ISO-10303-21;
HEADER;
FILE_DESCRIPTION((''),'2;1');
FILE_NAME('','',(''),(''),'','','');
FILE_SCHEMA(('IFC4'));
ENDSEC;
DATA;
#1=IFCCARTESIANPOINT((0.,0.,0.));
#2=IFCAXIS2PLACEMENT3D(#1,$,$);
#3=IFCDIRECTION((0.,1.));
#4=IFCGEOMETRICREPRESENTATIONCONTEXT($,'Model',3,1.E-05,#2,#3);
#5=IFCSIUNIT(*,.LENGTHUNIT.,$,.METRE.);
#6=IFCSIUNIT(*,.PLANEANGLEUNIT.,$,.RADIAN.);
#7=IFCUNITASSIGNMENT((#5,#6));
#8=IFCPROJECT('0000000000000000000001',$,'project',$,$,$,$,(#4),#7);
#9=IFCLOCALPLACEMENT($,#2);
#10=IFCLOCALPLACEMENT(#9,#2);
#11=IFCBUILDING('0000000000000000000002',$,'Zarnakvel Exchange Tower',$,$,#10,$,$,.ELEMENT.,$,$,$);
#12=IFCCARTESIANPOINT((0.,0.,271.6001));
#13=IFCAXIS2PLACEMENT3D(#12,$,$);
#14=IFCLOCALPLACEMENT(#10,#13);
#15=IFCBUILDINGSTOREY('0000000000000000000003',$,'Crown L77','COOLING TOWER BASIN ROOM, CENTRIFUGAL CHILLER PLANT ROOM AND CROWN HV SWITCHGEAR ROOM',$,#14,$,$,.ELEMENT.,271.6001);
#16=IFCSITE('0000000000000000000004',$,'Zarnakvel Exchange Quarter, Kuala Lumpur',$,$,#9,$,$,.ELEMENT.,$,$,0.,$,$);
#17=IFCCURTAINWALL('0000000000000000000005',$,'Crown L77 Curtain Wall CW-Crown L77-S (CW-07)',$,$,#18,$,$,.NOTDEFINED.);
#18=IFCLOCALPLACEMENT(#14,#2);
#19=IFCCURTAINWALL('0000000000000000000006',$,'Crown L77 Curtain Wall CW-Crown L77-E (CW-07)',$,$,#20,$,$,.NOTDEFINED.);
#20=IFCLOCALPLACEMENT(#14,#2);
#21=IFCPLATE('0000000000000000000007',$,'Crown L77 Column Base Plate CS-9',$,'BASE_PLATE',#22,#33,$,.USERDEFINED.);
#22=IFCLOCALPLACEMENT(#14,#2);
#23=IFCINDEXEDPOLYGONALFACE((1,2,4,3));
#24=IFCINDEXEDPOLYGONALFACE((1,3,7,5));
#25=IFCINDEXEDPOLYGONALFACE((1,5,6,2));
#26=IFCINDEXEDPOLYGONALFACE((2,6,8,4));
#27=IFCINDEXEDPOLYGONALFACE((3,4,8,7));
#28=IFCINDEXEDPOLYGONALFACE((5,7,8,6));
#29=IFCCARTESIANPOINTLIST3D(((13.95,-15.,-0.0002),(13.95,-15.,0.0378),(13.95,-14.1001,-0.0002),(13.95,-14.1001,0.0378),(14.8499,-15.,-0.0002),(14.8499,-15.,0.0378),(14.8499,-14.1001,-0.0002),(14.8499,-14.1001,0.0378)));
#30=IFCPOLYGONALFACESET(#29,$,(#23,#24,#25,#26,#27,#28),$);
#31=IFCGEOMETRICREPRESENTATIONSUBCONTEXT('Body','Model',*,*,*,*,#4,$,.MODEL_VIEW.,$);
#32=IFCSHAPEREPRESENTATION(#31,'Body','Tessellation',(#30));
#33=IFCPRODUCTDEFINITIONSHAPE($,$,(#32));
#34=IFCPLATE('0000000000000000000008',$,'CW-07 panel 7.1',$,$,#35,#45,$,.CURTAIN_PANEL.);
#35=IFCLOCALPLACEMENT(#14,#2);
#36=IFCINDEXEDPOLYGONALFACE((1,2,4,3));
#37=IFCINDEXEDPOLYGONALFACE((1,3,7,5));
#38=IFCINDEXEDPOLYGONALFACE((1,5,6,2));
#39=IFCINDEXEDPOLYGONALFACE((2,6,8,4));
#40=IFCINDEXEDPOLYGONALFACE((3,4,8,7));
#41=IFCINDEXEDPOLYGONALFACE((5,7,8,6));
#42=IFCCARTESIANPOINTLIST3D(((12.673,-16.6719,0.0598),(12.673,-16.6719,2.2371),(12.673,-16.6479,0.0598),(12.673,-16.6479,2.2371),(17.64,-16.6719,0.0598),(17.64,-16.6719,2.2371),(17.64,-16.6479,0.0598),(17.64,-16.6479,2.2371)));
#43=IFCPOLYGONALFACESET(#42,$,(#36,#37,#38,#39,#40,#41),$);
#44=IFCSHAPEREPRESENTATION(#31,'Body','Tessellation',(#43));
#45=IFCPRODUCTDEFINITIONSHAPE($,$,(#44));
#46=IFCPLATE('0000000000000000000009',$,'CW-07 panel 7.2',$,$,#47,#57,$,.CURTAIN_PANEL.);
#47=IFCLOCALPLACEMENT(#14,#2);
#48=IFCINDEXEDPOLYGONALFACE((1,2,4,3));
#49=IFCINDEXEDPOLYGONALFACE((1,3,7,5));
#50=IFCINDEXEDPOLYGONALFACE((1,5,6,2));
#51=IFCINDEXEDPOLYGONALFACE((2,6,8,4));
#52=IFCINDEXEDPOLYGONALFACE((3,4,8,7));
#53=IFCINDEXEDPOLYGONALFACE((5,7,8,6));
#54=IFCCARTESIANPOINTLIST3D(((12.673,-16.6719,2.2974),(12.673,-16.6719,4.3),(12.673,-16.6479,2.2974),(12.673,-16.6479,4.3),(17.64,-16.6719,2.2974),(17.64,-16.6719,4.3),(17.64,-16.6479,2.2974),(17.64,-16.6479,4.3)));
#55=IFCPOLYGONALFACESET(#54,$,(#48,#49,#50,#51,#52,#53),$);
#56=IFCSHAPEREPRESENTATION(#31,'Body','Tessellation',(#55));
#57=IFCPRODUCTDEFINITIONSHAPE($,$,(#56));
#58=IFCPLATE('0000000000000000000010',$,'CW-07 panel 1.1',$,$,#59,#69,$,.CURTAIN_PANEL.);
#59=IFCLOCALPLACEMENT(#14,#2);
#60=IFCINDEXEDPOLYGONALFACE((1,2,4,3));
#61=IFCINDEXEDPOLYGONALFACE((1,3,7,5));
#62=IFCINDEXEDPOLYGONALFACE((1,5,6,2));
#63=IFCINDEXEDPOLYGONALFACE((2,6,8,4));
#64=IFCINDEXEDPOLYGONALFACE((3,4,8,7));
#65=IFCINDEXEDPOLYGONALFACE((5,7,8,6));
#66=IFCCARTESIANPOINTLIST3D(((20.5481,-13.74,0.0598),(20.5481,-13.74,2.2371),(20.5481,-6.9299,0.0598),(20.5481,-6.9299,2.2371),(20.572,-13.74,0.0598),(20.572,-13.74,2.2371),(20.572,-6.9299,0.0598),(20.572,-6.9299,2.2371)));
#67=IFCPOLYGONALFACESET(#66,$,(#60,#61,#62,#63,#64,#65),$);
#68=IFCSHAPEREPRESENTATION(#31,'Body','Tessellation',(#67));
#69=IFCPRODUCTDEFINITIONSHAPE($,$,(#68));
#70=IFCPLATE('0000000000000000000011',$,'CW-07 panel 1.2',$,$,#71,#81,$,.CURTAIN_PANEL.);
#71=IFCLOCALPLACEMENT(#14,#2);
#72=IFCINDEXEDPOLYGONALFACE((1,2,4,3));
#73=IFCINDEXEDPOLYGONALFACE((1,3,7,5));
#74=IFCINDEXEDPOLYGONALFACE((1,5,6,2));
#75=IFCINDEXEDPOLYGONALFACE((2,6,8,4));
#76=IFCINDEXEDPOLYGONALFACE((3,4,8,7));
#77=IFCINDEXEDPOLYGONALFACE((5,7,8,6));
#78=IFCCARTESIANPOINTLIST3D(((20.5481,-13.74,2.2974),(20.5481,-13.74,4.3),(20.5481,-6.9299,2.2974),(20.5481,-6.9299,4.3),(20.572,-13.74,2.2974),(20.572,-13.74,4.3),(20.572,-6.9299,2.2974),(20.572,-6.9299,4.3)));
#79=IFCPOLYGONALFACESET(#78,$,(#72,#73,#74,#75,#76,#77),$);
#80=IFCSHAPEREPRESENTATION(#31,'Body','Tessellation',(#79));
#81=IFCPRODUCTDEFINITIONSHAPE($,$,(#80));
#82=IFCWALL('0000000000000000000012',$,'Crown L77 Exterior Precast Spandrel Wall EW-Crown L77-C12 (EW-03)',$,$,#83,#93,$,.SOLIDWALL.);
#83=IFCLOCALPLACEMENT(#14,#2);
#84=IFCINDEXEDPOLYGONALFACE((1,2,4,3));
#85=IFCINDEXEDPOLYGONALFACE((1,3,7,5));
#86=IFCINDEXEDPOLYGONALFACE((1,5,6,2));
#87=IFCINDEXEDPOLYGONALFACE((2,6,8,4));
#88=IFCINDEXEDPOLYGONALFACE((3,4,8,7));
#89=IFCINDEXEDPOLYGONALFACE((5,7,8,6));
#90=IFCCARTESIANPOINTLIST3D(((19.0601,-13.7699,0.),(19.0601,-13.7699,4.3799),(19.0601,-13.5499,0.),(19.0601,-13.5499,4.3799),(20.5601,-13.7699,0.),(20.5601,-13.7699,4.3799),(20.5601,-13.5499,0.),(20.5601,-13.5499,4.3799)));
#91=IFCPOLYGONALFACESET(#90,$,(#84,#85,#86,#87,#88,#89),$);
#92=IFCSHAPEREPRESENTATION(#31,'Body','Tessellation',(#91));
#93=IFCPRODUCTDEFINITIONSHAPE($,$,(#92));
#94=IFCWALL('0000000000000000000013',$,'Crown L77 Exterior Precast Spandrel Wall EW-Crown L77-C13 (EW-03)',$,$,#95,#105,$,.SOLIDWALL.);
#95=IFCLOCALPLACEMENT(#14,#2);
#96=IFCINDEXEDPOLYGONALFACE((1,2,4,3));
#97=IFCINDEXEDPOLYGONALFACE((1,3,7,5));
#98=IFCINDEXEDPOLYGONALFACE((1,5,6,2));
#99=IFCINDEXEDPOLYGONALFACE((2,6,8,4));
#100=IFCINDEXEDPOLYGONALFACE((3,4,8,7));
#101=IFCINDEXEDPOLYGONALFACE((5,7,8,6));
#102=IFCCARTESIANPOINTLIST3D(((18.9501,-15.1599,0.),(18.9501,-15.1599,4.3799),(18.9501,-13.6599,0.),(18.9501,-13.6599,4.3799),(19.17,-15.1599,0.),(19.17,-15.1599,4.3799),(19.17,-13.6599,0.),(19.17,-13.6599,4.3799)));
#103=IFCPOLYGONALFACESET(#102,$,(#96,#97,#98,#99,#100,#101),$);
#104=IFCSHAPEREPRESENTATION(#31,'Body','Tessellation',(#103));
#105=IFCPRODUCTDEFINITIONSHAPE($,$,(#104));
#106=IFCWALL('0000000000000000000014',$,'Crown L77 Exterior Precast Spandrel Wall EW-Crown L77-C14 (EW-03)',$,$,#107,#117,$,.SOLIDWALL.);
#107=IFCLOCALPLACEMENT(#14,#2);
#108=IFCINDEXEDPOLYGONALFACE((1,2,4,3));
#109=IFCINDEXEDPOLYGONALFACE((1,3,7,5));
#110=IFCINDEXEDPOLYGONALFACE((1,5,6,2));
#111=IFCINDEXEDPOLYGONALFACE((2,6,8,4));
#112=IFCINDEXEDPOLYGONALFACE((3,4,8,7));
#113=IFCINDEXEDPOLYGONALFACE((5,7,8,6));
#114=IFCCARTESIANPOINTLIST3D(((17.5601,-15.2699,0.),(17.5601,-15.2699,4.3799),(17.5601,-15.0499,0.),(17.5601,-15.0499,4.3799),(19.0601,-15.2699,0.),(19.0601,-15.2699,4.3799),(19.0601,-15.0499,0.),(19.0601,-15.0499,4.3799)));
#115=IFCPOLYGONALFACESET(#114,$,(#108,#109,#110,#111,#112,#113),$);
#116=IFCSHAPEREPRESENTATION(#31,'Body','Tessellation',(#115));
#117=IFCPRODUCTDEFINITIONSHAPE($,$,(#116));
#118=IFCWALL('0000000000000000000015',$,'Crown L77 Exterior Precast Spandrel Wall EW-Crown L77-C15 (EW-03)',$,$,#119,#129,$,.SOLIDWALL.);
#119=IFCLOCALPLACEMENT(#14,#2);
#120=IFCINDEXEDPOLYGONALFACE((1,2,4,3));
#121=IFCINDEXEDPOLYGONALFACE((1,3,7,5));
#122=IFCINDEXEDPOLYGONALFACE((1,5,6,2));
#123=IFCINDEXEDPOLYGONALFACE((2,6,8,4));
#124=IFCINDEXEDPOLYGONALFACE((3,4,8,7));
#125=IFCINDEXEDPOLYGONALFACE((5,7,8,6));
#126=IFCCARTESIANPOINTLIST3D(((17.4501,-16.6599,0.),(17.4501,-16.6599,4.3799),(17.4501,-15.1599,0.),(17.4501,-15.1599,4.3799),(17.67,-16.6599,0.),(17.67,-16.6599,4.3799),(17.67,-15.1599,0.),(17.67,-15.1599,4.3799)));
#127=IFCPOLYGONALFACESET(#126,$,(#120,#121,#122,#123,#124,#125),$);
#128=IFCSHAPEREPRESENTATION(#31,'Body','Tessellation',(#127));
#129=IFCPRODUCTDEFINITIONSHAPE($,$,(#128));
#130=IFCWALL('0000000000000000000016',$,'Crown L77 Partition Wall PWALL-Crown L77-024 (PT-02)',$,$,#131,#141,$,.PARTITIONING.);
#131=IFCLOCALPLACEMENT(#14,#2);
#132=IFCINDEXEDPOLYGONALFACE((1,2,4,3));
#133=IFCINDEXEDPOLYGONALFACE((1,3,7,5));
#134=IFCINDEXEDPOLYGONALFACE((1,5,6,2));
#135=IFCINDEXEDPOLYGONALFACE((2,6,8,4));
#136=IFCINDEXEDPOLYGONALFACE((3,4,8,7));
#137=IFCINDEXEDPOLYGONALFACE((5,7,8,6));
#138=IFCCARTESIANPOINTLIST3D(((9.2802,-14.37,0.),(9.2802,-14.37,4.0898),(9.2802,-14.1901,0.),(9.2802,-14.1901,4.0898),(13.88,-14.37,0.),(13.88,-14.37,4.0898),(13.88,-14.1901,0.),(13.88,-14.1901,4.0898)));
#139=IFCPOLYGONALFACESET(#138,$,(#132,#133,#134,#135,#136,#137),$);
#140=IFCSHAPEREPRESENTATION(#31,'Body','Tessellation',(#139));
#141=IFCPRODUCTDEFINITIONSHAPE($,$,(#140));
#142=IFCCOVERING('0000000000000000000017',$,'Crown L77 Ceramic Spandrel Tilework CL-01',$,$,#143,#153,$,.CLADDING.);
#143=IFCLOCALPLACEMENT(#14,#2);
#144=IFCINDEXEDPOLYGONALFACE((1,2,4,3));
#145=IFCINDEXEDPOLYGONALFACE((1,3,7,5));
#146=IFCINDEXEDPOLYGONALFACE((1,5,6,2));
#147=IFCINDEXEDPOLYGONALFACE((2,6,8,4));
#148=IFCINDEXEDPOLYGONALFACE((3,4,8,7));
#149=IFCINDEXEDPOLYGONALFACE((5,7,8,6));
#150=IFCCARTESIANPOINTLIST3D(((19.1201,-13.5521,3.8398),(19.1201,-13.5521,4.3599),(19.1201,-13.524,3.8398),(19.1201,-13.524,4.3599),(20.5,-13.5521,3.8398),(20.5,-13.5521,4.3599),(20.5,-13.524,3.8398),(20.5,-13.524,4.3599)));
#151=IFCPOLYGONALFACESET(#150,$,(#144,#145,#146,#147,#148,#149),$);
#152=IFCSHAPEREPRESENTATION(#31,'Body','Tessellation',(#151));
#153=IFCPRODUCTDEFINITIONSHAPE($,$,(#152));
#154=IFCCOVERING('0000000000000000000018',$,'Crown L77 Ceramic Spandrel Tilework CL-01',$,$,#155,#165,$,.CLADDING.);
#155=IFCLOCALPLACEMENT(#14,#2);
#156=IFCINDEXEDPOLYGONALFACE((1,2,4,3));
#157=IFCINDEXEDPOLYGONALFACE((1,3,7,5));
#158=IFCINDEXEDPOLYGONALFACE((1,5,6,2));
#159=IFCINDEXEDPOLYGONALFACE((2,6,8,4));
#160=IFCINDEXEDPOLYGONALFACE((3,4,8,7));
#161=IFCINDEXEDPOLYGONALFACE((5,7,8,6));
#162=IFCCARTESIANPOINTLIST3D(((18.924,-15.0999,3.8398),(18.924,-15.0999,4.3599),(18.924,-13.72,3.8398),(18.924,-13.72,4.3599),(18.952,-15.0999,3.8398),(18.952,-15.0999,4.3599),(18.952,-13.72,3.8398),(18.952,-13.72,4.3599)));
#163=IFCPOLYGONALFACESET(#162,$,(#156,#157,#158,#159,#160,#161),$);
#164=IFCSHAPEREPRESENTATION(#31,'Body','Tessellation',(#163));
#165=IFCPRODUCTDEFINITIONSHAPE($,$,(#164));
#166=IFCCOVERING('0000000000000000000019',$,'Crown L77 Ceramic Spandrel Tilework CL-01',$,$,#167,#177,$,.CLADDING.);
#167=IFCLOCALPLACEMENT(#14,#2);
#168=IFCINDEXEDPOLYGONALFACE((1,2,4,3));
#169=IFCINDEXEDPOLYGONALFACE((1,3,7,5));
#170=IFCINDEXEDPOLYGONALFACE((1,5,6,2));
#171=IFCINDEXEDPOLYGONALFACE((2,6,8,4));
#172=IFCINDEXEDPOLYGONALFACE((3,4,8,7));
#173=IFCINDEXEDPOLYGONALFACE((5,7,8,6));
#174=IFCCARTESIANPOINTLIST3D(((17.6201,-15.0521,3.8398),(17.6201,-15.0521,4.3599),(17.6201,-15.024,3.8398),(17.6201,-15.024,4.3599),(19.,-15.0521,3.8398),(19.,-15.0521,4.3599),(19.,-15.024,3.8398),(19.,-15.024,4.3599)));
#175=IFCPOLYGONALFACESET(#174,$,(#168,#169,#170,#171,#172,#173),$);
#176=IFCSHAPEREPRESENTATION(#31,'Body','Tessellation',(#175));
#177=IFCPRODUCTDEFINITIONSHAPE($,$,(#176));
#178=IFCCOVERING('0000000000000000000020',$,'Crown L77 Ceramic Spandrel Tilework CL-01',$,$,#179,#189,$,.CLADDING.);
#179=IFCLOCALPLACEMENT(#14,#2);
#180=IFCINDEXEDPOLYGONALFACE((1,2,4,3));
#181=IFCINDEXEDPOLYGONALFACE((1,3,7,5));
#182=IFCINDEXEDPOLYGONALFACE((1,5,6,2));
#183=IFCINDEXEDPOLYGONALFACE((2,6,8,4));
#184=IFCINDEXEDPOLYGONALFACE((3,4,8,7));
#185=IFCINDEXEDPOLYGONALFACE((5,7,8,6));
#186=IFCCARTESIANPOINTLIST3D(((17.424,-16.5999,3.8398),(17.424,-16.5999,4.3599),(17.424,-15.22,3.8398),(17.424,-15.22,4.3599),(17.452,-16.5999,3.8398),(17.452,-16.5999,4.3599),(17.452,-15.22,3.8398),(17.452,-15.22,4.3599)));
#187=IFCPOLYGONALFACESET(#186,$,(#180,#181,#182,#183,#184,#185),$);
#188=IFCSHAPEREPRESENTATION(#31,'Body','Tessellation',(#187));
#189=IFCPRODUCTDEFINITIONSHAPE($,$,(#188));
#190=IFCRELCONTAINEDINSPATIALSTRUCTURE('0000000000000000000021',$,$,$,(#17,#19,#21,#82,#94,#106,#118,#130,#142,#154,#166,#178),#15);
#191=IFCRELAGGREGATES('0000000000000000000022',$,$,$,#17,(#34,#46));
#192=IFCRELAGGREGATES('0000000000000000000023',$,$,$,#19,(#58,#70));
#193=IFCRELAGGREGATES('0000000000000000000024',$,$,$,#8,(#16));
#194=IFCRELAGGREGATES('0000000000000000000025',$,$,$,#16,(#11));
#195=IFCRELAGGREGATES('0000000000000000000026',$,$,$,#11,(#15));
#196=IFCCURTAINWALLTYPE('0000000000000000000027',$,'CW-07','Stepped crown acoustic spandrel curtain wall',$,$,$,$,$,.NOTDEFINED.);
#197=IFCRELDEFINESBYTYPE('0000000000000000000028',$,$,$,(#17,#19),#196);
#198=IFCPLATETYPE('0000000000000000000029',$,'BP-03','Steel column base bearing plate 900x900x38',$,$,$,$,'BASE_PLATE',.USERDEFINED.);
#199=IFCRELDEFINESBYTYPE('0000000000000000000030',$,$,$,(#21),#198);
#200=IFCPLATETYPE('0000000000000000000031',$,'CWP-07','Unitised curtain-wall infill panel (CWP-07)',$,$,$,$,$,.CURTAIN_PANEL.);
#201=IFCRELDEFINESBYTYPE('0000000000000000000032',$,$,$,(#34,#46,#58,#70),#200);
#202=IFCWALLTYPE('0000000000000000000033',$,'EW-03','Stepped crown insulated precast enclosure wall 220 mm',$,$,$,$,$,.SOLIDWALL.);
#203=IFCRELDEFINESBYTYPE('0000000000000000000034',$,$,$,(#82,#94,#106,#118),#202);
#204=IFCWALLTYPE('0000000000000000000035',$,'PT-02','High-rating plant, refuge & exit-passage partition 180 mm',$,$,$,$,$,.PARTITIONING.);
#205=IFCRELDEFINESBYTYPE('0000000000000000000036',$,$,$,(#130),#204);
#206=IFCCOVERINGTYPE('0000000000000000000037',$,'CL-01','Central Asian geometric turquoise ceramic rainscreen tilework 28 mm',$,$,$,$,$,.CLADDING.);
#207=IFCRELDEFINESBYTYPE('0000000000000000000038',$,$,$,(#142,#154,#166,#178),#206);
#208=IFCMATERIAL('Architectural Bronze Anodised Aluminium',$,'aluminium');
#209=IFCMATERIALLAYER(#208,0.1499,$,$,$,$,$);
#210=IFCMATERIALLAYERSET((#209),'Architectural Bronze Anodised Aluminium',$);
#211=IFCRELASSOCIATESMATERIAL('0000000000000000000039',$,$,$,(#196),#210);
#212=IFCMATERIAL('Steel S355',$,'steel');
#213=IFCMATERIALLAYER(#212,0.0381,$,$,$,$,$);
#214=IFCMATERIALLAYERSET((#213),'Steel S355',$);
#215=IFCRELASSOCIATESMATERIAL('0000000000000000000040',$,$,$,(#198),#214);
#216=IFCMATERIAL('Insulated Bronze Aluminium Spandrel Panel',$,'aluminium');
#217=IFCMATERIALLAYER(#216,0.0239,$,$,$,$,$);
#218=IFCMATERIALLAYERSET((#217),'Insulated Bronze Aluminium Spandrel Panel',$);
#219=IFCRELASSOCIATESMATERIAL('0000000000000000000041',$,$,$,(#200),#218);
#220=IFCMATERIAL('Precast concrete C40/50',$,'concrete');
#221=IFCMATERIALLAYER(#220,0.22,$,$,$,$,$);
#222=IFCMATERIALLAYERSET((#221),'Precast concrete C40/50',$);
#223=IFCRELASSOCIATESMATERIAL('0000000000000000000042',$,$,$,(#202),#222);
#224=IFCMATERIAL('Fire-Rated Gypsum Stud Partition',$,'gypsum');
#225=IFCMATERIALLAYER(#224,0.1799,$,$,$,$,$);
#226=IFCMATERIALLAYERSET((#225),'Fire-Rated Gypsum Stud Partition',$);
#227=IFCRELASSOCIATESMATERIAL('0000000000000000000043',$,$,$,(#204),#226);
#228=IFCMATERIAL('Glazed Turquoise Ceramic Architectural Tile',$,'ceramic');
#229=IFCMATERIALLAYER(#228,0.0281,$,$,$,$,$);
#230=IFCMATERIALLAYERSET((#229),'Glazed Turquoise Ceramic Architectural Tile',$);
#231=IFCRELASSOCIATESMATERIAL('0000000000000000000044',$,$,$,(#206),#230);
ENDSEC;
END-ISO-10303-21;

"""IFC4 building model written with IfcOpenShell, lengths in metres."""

from ifc_helpers import new_model, si_unit, direction, frame, frame_2d, origin, origin_2d, place, context, subcontext, project, spatial, rectangle, extrude, source, transform, mapped, material, layer, layer_set, type_object, element, aggregate, save


model = new_model("IFC4")

# Units and contexts
model_context = context("Model", 3, precision=1e-05, world=origin(), true_north=direction((0.0, 1.0)))
body_context = subcontext(model_context, "Body", "Model", "MODEL_VIEW")
ifc_project = project(units=[si_unit("LENGTHUNIT", "METRE"), si_unit("PLANEANGLEUNIT", "RADIAN")], contexts=[model_context])

# Site, building, storey
site_placement = place(None, origin())
site = spatial("IfcSite", under=ifc_project, at=site_placement, Name="Zarnakvel Exchange Quarter, Kuala Lumpur", CompositionType="ELEMENT", RefElevation=0.0)
building_placement = place(site_placement, origin())
building = spatial("IfcBuilding", under=site, at=building_placement, Name="Zarnakvel Exchange Tower", CompositionType="ELEMENT")
storey_placement = place(building_placement, frame((0.0, 0.0, 271.6001)))
storey = spatial("IfcBuildingStorey", under=building, at=storey_placement, Name="Crown L77", Description="COOLING TOWER BASIN ROOM, CENTRIFUGAL CHILLER PLANT ROOM AND CROWN HV SWITCHGEAR ROOM", CompositionType="ELEMENT", Elevation=271.6001)

# Shared definitions
ifc_material_1 = material(Name="Steel S355", Category="steel")

# Curtain wall
ifc_material_2 = material(Name="Architectural Bronze Anodised Aluminium", Category="aluminium")
ifc_layer_1 = layer(ifc_material_2, 0.1499)
ifc_layer_set_1 = layer_set([ifc_layer_1], Name="Architectural Bronze Anodised Aluminium")
curtain_wall_type = type_object("IfcCurtainWallType", Name="CW-07", Description="Stepped crown acoustic spandrel curtain wall", PredefinedType="NOTDEFINED", material=ifc_layer_set_1)
curtain_wall_1_placement = place(storey_placement, origin())
curtain_wall_1 = element("IfcCurtainWall", 1, at=curtain_wall_1_placement, inside=storey, type_object=curtain_wall_type, Name="Crown L77 Curtain Wall CW-Crown L77-S (CW-07)", PredefinedType="NOTDEFINED")

# Curtain wall
curtain_wall_2_placement = place(storey_placement, origin())
curtain_wall_2 = element("IfcCurtainWall", 2, at=curtain_wall_2_placement, inside=storey, type_object=curtain_wall_type, Name="Crown L77 Curtain Wall CW-Crown L77-E (CW-07)", PredefinedType="NOTDEFINED")

# Plates
ifc_layer_2 = layer(ifc_material_1, 0.0381)
ifc_layer_set_2 = layer_set([ifc_layer_2], Name="Steel S355")
plate_type_1 = type_object("IfcPlateType", Name="BP-03", Description="Steel column base bearing plate 900x900x38", ElementType="BASE_PLATE", PredefinedType="USERDEFINED", material=ifc_layer_set_2)
shared_shape_1 = source(origin(), body_context, "Body", "SweptSolid", [
    extrude(rectangle(XDim=0.8999, YDim=0.8999, at=origin_2d()), origin(), (0.0, 0.0, 1.0), 0.0381),
])
plate_1_placement = place(storey_placement, frame((14.3999, -14.55, -0.0002), z_axis=(0.0, 0.0, 1.0), x_axis=(1.0, 0.0, 0.0)))
element("IfcPlate", 3, at=plate_1_placement, inside=storey, type_object=plate_type_1, Name="Crown L77 Column Base Plate CS-9", ObjectType="BASE_PLATE", PredefinedType="USERDEFINED", context=body_context, shape_type="MappedRepresentation", body=[
    mapped(shared_shape_1, transform((0.0, 0.0, 0.0), x_axis=(1.0, 0.0, 0.0), y_axis=(0.0, 1.0, 0.0), z_axis=(0.0, 0.0, 1.0), scale=1.0)),
])
ifc_material_3 = material(Name="Insulated Bronze Aluminium Spandrel Panel", Category="aluminium")
ifc_layer_3 = layer(ifc_material_3, 0.0239)
ifc_layer_set_3 = layer_set([ifc_layer_3], Name="Insulated Bronze Aluminium Spandrel Panel")
plate_type_2 = type_object("IfcPlateType", Name="CWP-07", Description="Unitised curtain-wall infill panel (CWP-07)", PredefinedType="CURTAIN_PANEL", material=ifc_layer_set_3)
shared_shape_2 = source(origin(), body_context, "Body", "SweptSolid", [
    extrude(rectangle(XDim=4.967, YDim=0.0239, at=origin_2d()), origin(), (0.0, 0.0, 1.0), 2.1772),
])
plate_2_placement = place(storey_placement, frame((15.1565, -16.6599, 0.0598), z_axis=(0.0, 0.0, 1.0), x_axis=(1.0, 0.0, 0.0)))
plate_2 = element("IfcPlate", 4, at=plate_2_placement, type_object=plate_type_2, Name="CW-07 panel 7.1", PredefinedType="CURTAIN_PANEL", context=body_context, shape_type="MappedRepresentation", body=[
    mapped(shared_shape_2, transform((0.0, 0.0, 0.0), x_axis=(1.0, 0.0, 0.0), y_axis=(0.0, 1.0, 0.0), z_axis=(0.0, 0.0, 1.0), scale=1.0)),
])
shared_shape_3 = source(origin(), body_context, "Body", "SweptSolid", [
    extrude(rectangle(XDim=4.967, YDim=0.0239, at=origin_2d()), origin(), (0.0, 0.0, 1.0), 2.0027),
])
plate_3_placement = place(storey_placement, frame((15.1565, -16.6599, 2.2974), z_axis=(0.0, 0.0, 1.0), x_axis=(1.0, 0.0, 0.0)))
plate_3 = element("IfcPlate", 5, at=plate_3_placement, type_object=plate_type_2, Name="CW-07 panel 7.2", PredefinedType="CURTAIN_PANEL", context=body_context, shape_type="MappedRepresentation", body=[
    mapped(shared_shape_3, transform((0.0, 0.0, 0.0), x_axis=(1.0, 0.0, 0.0), y_axis=(0.0, 1.0, 0.0), z_axis=(0.0, 0.0, 1.0), scale=1.0)),
])
aggregate(curtain_wall_1, [plate_2, plate_3])
shared_shape_4 = source(origin(), body_context, "Body", "SweptSolid", [
    extrude(rectangle(XDim=6.8101, YDim=0.0239, at=origin_2d()), origin(), (0.0, 0.0, 1.0), 2.1772),
])
plate_4_placement = place(storey_placement, frame((20.5601, -10.335, 0.0598), z_axis=(0.0, 0.0, 1.0), x_axis=(0.0, 1.0, 0.0)))
plate_4 = element("IfcPlate", 6, at=plate_4_placement, type_object=plate_type_2, Name="CW-07 panel 1.1", PredefinedType="CURTAIN_PANEL", context=body_context, shape_type="MappedRepresentation", body=[
    mapped(shared_shape_4, transform((0.0, 0.0, 0.0), x_axis=(1.0, 0.0, 0.0), y_axis=(0.0, 1.0, 0.0), z_axis=(0.0, 0.0, 1.0), scale=1.0)),
])
shared_shape_5 = source(origin(), body_context, "Body", "SweptSolid", [
    extrude(rectangle(XDim=6.8101, YDim=0.0239, at=origin_2d()), origin(), (0.0, 0.0, 1.0), 2.0027),
])
plate_5_placement = place(storey_placement, frame((20.5601, -10.335, 2.2974), z_axis=(0.0, 0.0, 1.0), x_axis=(0.0, 1.0, 0.0)))
plate_5 = element("IfcPlate", 7, at=plate_5_placement, type_object=plate_type_2, Name="CW-07 panel 1.2", PredefinedType="CURTAIN_PANEL", context=body_context, shape_type="MappedRepresentation", body=[
    mapped(shared_shape_5, transform((0.0, 0.0, 0.0), x_axis=(1.0, 0.0, 0.0), y_axis=(0.0, 1.0, 0.0), z_axis=(0.0, 0.0, 1.0), scale=1.0)),
])
aggregate(curtain_wall_2, [plate_4, plate_5])

# Walls
ifc_material_4 = material(Name="Precast concrete C40/50", Category="concrete")
ifc_layer_4 = layer(ifc_material_4, 0.22)
ifc_layer_set_4 = layer_set([ifc_layer_4], Name="Precast concrete C40/50")
wall_type_1 = type_object("IfcWallType", Name="EW-03", Description="Stepped crown insulated precast enclosure wall 220 mm", PredefinedType="SOLIDWALL", material=ifc_layer_set_4)
for number, where, z_axis, x_axis, name in (
    (8, (19.0601, -13.6599, 0.0), (0.0, 0.0, 1.0), (1.0, 0.0, 0.0), "Crown L77 Exterior Precast Spandrel Wall EW-Crown L77-C12 (EW-03)"),
    (9, (19.0601, -15.1599, 0.0), (0.0, 0.0, 1.0), (0.0, 1.0, 0.0), "Crown L77 Exterior Precast Spandrel Wall EW-Crown L77-C13 (EW-03)"),
    (10, (17.5601, -15.1599, 0.0), (0.0, 0.0, 1.0), (1.0, 0.0, 0.0), "Crown L77 Exterior Precast Spandrel Wall EW-Crown L77-C14 (EW-03)"),
    (11, (17.5601, -16.6599, 0.0), (0.0, 0.0, 1.0), (0.0, 1.0, 0.0), "Crown L77 Exterior Precast Spandrel Wall EW-Crown L77-C15 (EW-03)"),
):
    element("IfcWall", number, at=place(storey_placement, frame(where, z_axis=z_axis, x_axis=x_axis)), inside=storey, type_object=wall_type_1, Name=name, PredefinedType="SOLIDWALL", context=body_context, shape_type="SweptSolid", body=[
        extrude(rectangle(XDim=1.5, YDim=0.22, at=frame_2d((0.75, 0.0))), origin(), (0.0, 0.0, 1.0), 4.3799),
    ])
ifc_material_5 = material(Name="Fire-Rated Gypsum Stud Partition", Category="gypsum")
ifc_layer_5 = layer(ifc_material_5, 0.1799)
ifc_layer_set_5 = layer_set([ifc_layer_5], Name="Fire-Rated Gypsum Stud Partition")
wall_type_2 = type_object("IfcWallType", Name="PT-02", Description="High-rating plant, refuge & exit-passage partition 180 mm", PredefinedType="PARTITIONING", material=ifc_layer_set_5)
wall_placement = place(storey_placement, frame((13.8799, -14.28, 0.0), z_axis=(0.0, 0.0, 1.0), x_axis=(-1.0, 0.0, 0.0)))
element("IfcWall", 12, at=wall_placement, inside=storey, type_object=wall_type_2, Name="Crown L77 Partition Wall PWALL-Crown L77-024 (PT-02)", PredefinedType="PARTITIONING", context=body_context, shape_type="SweptSolid", body=[
    extrude(rectangle(XDim=4.5999, YDim=0.1799, at=frame_2d((2.2998, 0.0))), origin(), (0.0, 0.0, 1.0), 4.0898),
])

# Coverings
ifc_material_6 = material(Name="Glazed Turquoise Ceramic Architectural Tile", Category="ceramic")
ifc_layer_6 = layer(ifc_material_6, 0.0281)
ifc_layer_set_6 = layer_set([ifc_layer_6], Name="Glazed Turquoise Ceramic Architectural Tile")
covering_type = type_object("IfcCoveringType", Name="CL-01", Description="Central Asian geometric turquoise ceramic rainscreen tilework 28 mm", PredefinedType="CLADDING", material=ifc_layer_set_6)
shared_shape_6 = source(origin(), body_context, "Body", "SweptSolid", [
    extrude(rectangle(XDim=1.3799, YDim=0.0281, at=origin_2d()), origin(), (0.0, 0.0, 1.0), 0.52),
])
for number, where, z_axis, x_axis, name in (
    (13, (19.8101, -13.5381, 3.8398), (0.0, 0.0, 1.0), (1.0, 0.0, 0.0), "Crown L77 Ceramic Spandrel Tilework CL-01"),
    (14, (18.938, -14.4099, 3.8398), (0.0, 0.0, 1.0), (0.0, 1.0, 0.0), "Crown L77 Ceramic Spandrel Tilework CL-01"),
    (15, (18.3101, -15.0381, 3.8398), (0.0, 0.0, 1.0), (1.0, 0.0, 0.0), "Crown L77 Ceramic Spandrel Tilework CL-01"),
    (16, (17.438, -15.9099, 3.8398), (0.0, 0.0, 1.0), (0.0, 1.0, 0.0), "Crown L77 Ceramic Spandrel Tilework CL-01"),
):
    element("IfcCovering", number, at=place(storey_placement, frame(where, z_axis=z_axis, x_axis=x_axis)), inside=storey, type_object=covering_type, Name=name, PredefinedType="CLADDING", context=body_context, shape_type="MappedRepresentation", body=[
        mapped(shared_shape_6, transform((0.0, 0.0, 0.0), x_axis=(1.0, 0.0, 0.0), y_axis=(0.0, 1.0, 0.0), z_axis=(0.0, 0.0, 1.0), scale=1.0)),
    ])

save(model, "model.ifc")
